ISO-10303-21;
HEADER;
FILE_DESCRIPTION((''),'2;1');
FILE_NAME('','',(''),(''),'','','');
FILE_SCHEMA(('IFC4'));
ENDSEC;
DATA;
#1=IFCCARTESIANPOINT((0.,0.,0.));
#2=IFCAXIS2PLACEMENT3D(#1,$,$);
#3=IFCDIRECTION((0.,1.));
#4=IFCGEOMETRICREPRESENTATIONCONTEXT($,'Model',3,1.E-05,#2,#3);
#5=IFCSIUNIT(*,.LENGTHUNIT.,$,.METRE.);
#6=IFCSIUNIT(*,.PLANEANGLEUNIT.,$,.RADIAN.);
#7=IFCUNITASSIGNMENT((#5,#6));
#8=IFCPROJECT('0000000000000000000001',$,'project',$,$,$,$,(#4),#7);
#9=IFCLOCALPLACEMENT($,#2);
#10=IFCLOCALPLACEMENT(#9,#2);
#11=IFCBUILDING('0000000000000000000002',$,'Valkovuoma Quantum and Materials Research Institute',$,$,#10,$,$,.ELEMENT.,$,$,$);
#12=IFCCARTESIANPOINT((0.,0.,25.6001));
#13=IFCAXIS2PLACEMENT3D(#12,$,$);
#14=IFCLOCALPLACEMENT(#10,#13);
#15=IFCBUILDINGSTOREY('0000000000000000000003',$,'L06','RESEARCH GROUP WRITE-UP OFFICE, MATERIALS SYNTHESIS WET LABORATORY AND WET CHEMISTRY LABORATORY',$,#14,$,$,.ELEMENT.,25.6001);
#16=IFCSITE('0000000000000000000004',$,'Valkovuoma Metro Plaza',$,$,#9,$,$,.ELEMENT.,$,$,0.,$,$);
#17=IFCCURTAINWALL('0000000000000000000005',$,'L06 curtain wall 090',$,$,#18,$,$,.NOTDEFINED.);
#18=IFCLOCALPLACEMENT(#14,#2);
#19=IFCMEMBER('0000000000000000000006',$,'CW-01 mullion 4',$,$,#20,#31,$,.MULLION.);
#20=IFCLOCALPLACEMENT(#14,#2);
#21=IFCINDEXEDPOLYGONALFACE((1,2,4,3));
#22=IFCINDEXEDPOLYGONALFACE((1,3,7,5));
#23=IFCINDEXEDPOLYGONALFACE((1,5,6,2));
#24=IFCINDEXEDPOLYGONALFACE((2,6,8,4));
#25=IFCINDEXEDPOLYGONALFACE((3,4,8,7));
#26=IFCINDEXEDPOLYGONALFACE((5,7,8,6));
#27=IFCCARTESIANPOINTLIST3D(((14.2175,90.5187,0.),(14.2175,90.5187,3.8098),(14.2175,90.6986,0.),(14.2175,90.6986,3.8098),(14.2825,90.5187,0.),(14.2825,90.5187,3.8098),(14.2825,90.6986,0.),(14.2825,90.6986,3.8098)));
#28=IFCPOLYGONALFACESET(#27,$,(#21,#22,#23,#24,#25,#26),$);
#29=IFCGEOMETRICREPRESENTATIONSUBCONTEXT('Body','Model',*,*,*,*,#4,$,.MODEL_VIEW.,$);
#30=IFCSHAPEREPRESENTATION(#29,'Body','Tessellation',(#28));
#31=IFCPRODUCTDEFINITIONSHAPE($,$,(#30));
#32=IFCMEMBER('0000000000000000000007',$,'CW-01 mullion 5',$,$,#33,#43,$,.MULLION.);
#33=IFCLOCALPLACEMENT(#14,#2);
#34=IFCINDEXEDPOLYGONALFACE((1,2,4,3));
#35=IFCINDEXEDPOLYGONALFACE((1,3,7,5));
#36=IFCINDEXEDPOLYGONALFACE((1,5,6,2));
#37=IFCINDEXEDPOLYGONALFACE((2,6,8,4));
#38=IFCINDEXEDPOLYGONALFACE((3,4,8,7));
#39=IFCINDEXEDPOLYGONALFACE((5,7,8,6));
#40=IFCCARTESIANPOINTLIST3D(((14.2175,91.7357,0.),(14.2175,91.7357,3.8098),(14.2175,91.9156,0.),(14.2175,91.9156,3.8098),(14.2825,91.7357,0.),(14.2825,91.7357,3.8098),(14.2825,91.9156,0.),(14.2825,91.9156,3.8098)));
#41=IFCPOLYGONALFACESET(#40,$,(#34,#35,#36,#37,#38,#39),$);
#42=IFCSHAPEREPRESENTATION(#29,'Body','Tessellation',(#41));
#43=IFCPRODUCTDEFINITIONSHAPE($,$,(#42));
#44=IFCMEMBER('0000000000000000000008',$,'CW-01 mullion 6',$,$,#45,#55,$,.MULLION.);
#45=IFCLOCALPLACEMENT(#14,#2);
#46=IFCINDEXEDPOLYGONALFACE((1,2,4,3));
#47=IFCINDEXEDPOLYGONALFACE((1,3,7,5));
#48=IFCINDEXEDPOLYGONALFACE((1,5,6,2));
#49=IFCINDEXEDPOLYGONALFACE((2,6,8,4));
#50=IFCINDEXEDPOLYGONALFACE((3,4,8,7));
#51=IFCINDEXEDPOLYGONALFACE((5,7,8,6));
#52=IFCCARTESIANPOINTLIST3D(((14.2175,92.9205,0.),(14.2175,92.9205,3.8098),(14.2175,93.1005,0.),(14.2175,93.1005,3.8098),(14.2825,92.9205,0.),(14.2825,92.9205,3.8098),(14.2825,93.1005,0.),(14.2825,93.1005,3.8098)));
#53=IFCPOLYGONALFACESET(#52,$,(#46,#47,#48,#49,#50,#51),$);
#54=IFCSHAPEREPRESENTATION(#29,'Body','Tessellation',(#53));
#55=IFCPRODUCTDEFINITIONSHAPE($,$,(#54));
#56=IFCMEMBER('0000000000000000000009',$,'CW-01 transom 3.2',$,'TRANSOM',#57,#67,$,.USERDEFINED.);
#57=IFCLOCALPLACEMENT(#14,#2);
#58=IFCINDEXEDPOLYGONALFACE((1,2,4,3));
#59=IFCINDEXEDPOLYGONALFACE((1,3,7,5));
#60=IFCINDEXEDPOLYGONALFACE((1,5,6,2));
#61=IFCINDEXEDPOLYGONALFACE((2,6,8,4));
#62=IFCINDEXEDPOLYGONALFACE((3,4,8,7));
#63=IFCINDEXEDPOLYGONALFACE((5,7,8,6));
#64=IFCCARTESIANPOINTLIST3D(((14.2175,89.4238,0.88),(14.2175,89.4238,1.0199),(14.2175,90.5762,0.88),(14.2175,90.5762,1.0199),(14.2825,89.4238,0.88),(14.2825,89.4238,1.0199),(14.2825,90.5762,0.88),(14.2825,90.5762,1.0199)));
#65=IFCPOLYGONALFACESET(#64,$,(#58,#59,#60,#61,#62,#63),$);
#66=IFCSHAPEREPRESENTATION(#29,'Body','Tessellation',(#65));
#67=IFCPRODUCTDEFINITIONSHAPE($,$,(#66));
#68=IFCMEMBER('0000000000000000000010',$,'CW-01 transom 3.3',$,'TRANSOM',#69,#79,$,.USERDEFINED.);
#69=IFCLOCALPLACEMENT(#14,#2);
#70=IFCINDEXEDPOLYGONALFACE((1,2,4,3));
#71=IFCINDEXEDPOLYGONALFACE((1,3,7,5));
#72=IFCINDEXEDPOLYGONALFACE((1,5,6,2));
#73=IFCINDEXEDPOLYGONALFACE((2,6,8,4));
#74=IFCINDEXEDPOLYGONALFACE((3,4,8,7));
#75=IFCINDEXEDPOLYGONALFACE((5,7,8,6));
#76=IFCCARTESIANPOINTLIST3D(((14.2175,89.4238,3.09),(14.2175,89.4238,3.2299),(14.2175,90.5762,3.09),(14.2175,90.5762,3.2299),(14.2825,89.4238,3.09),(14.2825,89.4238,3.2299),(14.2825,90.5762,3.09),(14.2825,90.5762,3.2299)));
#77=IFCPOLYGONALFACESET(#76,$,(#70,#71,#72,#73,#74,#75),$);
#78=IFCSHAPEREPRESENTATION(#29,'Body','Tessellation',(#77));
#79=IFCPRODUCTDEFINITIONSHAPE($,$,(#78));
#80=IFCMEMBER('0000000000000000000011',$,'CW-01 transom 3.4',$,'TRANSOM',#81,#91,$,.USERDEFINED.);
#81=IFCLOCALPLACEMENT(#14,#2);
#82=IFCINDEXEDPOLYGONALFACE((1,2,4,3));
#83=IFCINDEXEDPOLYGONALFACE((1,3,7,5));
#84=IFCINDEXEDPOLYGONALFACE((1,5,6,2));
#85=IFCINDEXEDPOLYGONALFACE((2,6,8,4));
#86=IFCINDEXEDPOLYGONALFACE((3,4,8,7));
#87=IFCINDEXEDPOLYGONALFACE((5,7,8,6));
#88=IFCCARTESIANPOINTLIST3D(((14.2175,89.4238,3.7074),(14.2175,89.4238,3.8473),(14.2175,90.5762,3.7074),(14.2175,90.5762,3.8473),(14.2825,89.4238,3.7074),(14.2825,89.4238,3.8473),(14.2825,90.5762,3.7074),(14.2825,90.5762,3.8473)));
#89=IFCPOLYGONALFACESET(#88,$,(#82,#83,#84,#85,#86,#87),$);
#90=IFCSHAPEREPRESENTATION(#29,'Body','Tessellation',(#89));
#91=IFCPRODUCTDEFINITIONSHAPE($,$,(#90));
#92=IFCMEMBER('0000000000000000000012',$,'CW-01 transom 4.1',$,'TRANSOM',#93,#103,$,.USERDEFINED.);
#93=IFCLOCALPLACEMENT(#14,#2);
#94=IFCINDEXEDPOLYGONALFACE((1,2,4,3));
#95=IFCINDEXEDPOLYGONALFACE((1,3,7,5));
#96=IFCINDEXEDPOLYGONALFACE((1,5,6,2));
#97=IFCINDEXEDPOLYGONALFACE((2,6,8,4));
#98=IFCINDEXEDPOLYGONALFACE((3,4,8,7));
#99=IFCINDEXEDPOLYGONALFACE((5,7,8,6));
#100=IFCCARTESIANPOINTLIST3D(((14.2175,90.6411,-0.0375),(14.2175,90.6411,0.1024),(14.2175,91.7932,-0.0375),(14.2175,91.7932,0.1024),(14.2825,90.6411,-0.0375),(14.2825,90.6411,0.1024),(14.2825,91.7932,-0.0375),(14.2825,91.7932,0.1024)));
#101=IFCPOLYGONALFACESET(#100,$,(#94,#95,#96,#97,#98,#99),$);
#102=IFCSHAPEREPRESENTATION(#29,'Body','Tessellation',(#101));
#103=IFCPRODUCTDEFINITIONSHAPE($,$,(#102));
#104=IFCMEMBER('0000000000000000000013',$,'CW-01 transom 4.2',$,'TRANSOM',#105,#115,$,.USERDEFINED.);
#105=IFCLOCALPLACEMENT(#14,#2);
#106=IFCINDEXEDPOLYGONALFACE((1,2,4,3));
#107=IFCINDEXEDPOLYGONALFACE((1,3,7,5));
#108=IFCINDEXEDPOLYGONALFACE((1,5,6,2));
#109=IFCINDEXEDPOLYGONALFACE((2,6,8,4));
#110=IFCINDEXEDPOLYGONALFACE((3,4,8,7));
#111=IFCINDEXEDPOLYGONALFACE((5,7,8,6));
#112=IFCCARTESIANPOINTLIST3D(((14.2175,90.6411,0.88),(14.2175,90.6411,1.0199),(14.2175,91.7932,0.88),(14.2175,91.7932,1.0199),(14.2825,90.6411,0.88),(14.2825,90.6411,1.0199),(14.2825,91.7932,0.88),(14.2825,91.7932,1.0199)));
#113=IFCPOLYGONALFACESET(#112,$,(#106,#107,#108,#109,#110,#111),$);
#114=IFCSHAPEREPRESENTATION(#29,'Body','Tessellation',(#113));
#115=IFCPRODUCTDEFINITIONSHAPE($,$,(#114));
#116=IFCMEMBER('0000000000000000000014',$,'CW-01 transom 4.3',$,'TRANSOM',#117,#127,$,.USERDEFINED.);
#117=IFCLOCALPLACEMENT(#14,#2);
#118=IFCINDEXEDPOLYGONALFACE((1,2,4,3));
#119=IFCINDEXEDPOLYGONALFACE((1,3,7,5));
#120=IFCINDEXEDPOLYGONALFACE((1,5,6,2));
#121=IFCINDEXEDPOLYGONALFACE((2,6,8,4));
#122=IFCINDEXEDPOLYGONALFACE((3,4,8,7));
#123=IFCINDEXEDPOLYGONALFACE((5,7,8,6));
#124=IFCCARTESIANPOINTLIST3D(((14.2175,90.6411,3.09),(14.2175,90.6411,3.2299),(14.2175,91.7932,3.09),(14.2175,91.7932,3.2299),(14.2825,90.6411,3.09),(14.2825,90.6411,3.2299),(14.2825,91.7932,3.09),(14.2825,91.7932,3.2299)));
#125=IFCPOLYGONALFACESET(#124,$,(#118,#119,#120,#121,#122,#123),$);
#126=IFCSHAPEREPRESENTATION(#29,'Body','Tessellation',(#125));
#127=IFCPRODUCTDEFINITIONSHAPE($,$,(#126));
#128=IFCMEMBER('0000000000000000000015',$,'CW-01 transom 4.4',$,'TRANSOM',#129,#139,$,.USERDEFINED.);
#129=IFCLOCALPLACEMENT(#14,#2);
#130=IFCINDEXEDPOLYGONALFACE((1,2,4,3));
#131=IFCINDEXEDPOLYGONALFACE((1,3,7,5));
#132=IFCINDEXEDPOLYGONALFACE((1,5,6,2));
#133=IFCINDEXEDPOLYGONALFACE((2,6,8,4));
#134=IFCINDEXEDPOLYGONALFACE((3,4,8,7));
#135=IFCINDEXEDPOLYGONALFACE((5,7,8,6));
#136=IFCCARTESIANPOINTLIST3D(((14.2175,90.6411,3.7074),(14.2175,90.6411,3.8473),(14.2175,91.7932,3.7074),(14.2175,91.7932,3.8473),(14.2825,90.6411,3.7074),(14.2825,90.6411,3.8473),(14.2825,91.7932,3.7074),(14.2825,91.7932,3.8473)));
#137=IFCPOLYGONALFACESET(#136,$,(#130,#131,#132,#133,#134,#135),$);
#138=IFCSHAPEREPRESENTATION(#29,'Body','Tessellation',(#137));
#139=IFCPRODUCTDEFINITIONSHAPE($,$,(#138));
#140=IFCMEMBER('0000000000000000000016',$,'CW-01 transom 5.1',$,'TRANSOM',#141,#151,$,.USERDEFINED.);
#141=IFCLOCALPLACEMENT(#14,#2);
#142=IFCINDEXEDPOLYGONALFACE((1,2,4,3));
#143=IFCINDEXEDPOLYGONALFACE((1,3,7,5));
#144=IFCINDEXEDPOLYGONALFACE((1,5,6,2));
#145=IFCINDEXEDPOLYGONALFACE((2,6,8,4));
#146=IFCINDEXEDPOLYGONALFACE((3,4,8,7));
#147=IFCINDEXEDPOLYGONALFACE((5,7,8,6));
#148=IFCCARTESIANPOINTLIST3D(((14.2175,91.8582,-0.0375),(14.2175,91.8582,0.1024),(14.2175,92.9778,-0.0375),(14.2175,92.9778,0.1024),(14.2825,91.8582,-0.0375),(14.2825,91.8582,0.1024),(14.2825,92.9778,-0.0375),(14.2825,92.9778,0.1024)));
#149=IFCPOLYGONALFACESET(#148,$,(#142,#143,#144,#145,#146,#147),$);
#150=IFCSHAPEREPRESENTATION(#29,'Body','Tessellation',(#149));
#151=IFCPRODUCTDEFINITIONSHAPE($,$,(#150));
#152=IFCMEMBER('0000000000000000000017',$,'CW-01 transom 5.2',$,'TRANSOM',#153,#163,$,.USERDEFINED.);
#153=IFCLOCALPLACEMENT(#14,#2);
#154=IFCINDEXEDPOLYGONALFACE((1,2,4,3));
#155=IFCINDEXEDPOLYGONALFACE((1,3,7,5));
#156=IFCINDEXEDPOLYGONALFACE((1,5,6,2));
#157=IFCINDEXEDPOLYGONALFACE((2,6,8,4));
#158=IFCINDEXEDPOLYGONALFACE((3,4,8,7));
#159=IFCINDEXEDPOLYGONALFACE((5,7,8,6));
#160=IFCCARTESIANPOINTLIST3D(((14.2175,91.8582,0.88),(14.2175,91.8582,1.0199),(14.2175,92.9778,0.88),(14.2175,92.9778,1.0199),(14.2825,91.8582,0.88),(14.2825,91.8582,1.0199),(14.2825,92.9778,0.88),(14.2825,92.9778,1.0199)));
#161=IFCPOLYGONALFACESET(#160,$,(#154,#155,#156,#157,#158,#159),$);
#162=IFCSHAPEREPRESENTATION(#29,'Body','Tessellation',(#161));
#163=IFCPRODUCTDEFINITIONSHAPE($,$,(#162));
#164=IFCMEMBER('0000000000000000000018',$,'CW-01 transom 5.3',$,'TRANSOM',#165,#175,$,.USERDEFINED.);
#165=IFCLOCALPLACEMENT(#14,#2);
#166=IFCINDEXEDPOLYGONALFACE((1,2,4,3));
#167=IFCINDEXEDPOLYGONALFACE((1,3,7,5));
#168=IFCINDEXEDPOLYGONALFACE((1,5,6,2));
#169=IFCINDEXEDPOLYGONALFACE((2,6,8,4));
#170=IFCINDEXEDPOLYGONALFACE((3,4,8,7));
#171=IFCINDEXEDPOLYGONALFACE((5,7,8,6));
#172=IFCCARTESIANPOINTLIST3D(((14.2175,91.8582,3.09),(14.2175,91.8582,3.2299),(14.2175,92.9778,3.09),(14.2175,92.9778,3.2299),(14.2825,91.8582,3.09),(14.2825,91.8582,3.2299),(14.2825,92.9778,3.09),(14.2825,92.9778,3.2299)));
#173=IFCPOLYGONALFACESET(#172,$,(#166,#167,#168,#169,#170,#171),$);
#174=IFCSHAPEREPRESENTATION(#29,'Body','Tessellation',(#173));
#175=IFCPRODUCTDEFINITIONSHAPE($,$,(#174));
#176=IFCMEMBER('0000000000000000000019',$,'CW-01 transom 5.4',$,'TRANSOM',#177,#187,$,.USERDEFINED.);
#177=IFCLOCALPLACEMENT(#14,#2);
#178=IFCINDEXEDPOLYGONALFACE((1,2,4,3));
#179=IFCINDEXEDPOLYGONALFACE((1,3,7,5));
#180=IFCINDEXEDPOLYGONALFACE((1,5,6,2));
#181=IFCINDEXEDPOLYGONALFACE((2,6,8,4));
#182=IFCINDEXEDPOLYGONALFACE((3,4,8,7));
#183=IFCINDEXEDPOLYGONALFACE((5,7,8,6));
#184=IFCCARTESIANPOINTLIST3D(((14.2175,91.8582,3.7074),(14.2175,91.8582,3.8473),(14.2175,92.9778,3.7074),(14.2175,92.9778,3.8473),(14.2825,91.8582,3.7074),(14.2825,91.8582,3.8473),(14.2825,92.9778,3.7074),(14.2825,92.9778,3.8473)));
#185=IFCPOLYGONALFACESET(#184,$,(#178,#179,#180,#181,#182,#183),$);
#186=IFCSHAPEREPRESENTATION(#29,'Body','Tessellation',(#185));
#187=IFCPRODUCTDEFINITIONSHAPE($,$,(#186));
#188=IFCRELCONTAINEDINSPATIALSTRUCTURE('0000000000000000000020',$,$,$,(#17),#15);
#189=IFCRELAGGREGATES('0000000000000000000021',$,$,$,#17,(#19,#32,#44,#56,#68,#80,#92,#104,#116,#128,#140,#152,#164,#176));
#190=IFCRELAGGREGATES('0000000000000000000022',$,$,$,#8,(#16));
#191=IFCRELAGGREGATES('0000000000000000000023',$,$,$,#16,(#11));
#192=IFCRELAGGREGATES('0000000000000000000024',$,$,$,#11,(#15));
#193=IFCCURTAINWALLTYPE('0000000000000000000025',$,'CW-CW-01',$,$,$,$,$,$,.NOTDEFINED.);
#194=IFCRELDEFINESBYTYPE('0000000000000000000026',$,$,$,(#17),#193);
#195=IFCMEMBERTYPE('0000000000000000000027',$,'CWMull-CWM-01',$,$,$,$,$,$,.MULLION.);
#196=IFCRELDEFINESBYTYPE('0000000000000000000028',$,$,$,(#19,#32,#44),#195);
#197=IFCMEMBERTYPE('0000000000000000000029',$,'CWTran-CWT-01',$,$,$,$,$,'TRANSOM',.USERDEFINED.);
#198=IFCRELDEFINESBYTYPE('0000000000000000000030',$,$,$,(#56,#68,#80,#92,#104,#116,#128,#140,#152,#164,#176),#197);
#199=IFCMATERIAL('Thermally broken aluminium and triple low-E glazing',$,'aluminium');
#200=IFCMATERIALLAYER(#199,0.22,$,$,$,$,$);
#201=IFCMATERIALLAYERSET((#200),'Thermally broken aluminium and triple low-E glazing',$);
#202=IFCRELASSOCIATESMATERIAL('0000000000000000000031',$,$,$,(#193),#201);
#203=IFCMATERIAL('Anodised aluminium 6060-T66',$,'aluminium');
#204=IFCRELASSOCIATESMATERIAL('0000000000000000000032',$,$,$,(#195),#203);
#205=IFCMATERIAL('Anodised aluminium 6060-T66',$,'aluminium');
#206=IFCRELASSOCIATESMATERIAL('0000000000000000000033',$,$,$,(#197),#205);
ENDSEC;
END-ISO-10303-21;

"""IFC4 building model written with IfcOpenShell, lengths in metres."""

from ifc_helpers import new_model, si_unit, direction, frame, origin, origin_2d, place, context, subcontext, project, spatial, rectangle, extrude, material, layer, layer_set, material_profile, profile_set, type_object, element, aggregate, save


model = new_model("IFC4")

# Units and contexts
model_context = context("Model", 3, precision=1e-05, world=origin(), true_north=direction((0.0, 1.0)))
body_context = subcontext(model_context, "Body", "Model", "MODEL_VIEW")
ifc_project = project(units=[si_unit("LENGTHUNIT", "METRE"), si_unit("PLANEANGLEUNIT", "RADIAN")], contexts=[model_context])

# Site, building, storey
site_placement = place(None, origin())
site = spatial("IfcSite", under=ifc_project, at=site_placement, Name="Valkovuoma Metro Plaza", CompositionType="ELEMENT", RefElevation=0.0)
building_placement = place(site_placement, origin())
building = spatial("IfcBuilding", under=site, at=building_placement, Name="Valkovuoma Quantum and Materials Research Institute", CompositionType="ELEMENT")
storey_placement = place(building_placement, frame((0.0, 0.0, 25.6001)))
storey = spatial("IfcBuildingStorey", under=building, at=storey_placement, Name="L06", Description="RESEARCH GROUP WRITE-UP OFFICE, MATERIALS SYNTHESIS WET LABORATORY AND WET CHEMISTRY LABORATORY", CompositionType="ELEMENT", Elevation=25.6001)

# Curtain wall, members
ifc_material_1 = material(Name="Thermally broken aluminium and triple low-E glazing", Category="aluminium")
ifc_layer_1 = layer(ifc_material_1, 0.22)
ifc_layer_set_1 = layer_set([ifc_layer_1], Name="Thermally broken aluminium and triple low-E glazing")
curtain_wall_type = type_object("IfcCurtainWallType", Name="CW-CW-01", PredefinedType="NOTDEFINED", material=ifc_layer_set_1)
curtain_wall_placement = place(storey_placement, origin())
curtain_wall = element("IfcCurtainWall", 1, at=curtain_wall_placement, inside=storey, type_object=curtain_wall_type, Name="L06 curtain wall 090", PredefinedType="NOTDEFINED")
ifc_material_2 = material(Name="Anodised aluminium 6060-T66", Category="aluminium")
ifc_material_profile_1 = material_profile(ifc_material_2, rectangle(XDim=0.0649, YDim=0.1799, at=origin_2d()), Name="Anodised aluminium 6060-T66")
ifc_profile_set_1 = profile_set([ifc_material_profile_1], Name="Anodised aluminium 6060-T66")
member_type_1 = type_object("IfcMemberType", Name="CWMull-CWM-01", PredefinedType="MULLION", material=ifc_profile_set_1)
member_1_placement = place(storey_placement, frame((14.25, 90.6086, 0.0), z_axis=(0.0, 0.0, 1.0), x_axis=(-1.0, 0.0, 0.0)))
member_1 = element("IfcMember", 2, at=member_1_placement, type_object=member_type_1, Name="CW-01 mullion 4", PredefinedType="MULLION", context=body_context, shape_type="SweptSolid", body=[
    extrude(rectangle(XDim=0.0649, YDim=0.1799, at=origin_2d()), origin(), (0.0, 0.0, 1.0), 3.8098),
])
member_2_placement = place(storey_placement, frame((14.25, 91.8257, 0.0), z_axis=(0.0, 0.0, 1.0), x_axis=(-1.0, 0.0, 0.0)))
member_2 = element("IfcMember", 3, at=member_2_placement, type_object=member_type_1, Name="CW-01 mullion 5", PredefinedType="MULLION", context=body_context, shape_type="SweptSolid", body=[
    extrude(rectangle(XDim=0.0649, YDim=0.1799, at=origin_2d()), origin(), (0.0, 0.0, 1.0), 3.8098),
])
member_3_placement = place(storey_placement, frame((14.25, 93.0105, 0.0), z_axis=(0.0, 0.0, 1.0), x_axis=(-1.0, 0.0, 0.0)))
member_3 = element("IfcMember", 4, at=member_3_placement, type_object=member_type_1, Name="CW-01 mullion 6", PredefinedType="MULLION", context=body_context, shape_type="SweptSolid", body=[
    extrude(rectangle(XDim=0.0649, YDim=0.1799, at=origin_2d()), origin(), (0.0, 0.0, 1.0), 3.8098),
])
ifc_material_3 = material(Name="Anodised aluminium 6060-T66", Category="aluminium")
ifc_material_profile_2 = material_profile(ifc_material_3, rectangle(XDim=0.0649, YDim=0.1399, at=origin_2d()), Name="Anodised aluminium 6060-T66")
ifc_profile_set_2 = profile_set([ifc_material_profile_2], Name="Anodised aluminium 6060-T66")
member_type_2 = type_object("IfcMemberType", Name="CWTran-CWT-01", ElementType="TRANSOM", PredefinedType="USERDEFINED", material=ifc_profile_set_2)
member_4_placement = place(storey_placement, frame((14.25, 89.4238, 0.95), z_axis=(0.0, 1.0, 0.0), x_axis=(-1.0, 0.0, 0.0)))
member_4 = element("IfcMember", 5, at=member_4_placement, type_object=member_type_2, Name="CW-01 transom 3.2", ObjectType="TRANSOM", PredefinedType="USERDEFINED", context=body_context, shape_type="SweptSolid", body=[
    extrude(rectangle(XDim=0.0649, YDim=0.1399, at=origin_2d()), origin(), (0.0, 0.0, 1.0), 1.1523),
])
member_5_placement = place(storey_placement, frame((14.25, 89.4238, 3.1599), z_axis=(0.0, 1.0, 0.0), x_axis=(-1.0, 0.0, 0.0)))
member_5 = element("IfcMember", 6, at=member_5_placement, type_object=member_type_2, Name="CW-01 transom 3.3", ObjectType="TRANSOM", PredefinedType="USERDEFINED", context=body_context, shape_type="SweptSolid", body=[
    extrude(rectangle(XDim=0.0649, YDim=0.1399, at=origin_2d()), origin(), (0.0, 0.0, 1.0), 1.1523),
])
member_6_placement = place(storey_placement, frame((14.25, 89.4238, 3.7773), z_axis=(0.0, 1.0, 0.0), x_axis=(-1.0, 0.0, 0.0)))
member_6 = element("IfcMember", 7, at=member_6_placement, type_object=member_type_2, Name="CW-01 transom 3.4", ObjectType="TRANSOM", PredefinedType="USERDEFINED", context=body_context, shape_type="SweptSolid", body=[
    extrude(rectangle(XDim=0.0649, YDim=0.1399, at=origin_2d()), origin(), (0.0, 0.0, 1.0), 1.1523),
])
member_7_placement = place(storey_placement, frame((14.25, 90.6411, 0.0325), z_axis=(0.0, 1.0, 0.0), x_axis=(-1.0, 0.0, 0.0)))
member_7 = element("IfcMember", 8, at=member_7_placement, type_object=member_type_2, Name="CW-01 transom 4.1", ObjectType="TRANSOM", PredefinedType="USERDEFINED", context=body_context, shape_type="SweptSolid", body=[
    extrude(rectangle(XDim=0.0649, YDim=0.1399, at=origin_2d()), origin(), (0.0, 0.0, 1.0), 1.1521),
])
member_8_placement = place(storey_placement, frame((14.25, 90.6411, 0.95), z_axis=(0.0, 1.0, 0.0), x_axis=(-1.0, 0.0, 0.0)))
member_8 = element("IfcMember", 9, at=member_8_placement, type_object=member_type_2, Name="CW-01 transom 4.2", ObjectType="TRANSOM", PredefinedType="USERDEFINED", context=body_context, shape_type="SweptSolid", body=[
    extrude(rectangle(XDim=0.0649, YDim=0.1399, at=origin_2d()), origin(), (0.0, 0.0, 1.0), 1.1521),
])
member_9_placement = place(storey_placement, frame((14.25, 90.6411, 3.1599), z_axis=(0.0, 1.0, 0.0), x_axis=(-1.0, 0.0, 0.0)))
member_9 = element("IfcMember", 10, at=member_9_placement, type_object=member_type_2, Name="CW-01 transom 4.3", ObjectType="TRANSOM", PredefinedType="USERDEFINED", context=body_context, shape_type="SweptSolid", body=[
    extrude(rectangle(XDim=0.0649, YDim=0.1399, at=origin_2d()), origin(), (0.0, 0.0, 1.0), 1.1521),
])
member_10_placement = place(storey_placement, frame((14.25, 90.6411, 3.7773), z_axis=(0.0, 1.0, 0.0), x_axis=(-1.0, 0.0, 0.0)))
member_10 = element("IfcMember", 11, at=member_10_placement, type_object=member_type_2, Name="CW-01 transom 4.4", ObjectType="TRANSOM", PredefinedType="USERDEFINED", context=body_context, shape_type="SweptSolid", body=[
    extrude(rectangle(XDim=0.0649, YDim=0.1399, at=origin_2d()), origin(), (0.0, 0.0, 1.0), 1.1521),
])
member_11_placement = place(storey_placement, frame((14.25, 91.8582, 0.0325), z_axis=(0.0, 1.0, 0.0), x_axis=(-1.0, 0.0, 0.0)))
member_11 = element("IfcMember", 12, at=member_11_placement, type_object=member_type_2, Name="CW-01 transom 5.1", ObjectType="TRANSOM", PredefinedType="USERDEFINED", context=body_context, shape_type="SweptSolid", body=[
    extrude(rectangle(XDim=0.0649, YDim=0.1399, at=origin_2d()), origin(), (0.0, 0.0, 1.0), 1.1196),
])
member_12_placement = place(storey_placement, frame((14.25, 91.8582, 0.95), z_axis=(0.0, 1.0, 0.0), x_axis=(-1.0, 0.0, 0.0)))
member_12 = element("IfcMember", 13, at=member_12_placement, type_object=member_type_2, Name="CW-01 transom 5.2", ObjectType="TRANSOM", PredefinedType="USERDEFINED", context=body_context, shape_type="SweptSolid", body=[
    extrude(rectangle(XDim=0.0649, YDim=0.1399, at=origin_2d()), origin(), (0.0, 0.0, 1.0), 1.1196),
])
member_13_placement = place(storey_placement, frame((14.25, 91.8582, 3.1599), z_axis=(0.0, 1.0, 0.0), x_axis=(-1.0, 0.0, 0.0)))
member_13 = element("IfcMember", 14, at=member_13_placement, type_object=member_type_2, Name="CW-01 transom 5.3", ObjectType="TRANSOM", PredefinedType="USERDEFINED", context=body_context, shape_type="SweptSolid", body=[
    extrude(rectangle(XDim=0.0649, YDim=0.1399, at=origin_2d()), origin(), (0.0, 0.0, 1.0), 1.1196),
])
member_14_placement = place(storey_placement, frame((14.25, 91.8582, 3.7773), z_axis=(0.0, 1.0, 0.0), x_axis=(-1.0, 0.0, 0.0)))
member_14 = element("IfcMember", 15, at=member_14_placement, type_object=member_type_2, Name="CW-01 transom 5.4", ObjectType="TRANSOM", PredefinedType="USERDEFINED", context=body_context, shape_type="SweptSolid", body=[
    extrude(rectangle(XDim=0.0649, YDim=0.1399, at=origin_2d()), origin(), (0.0, 0.0, 1.0), 1.1196),
])
aggregate(curtain_wall, [member_1, member_2, member_3, member_4, member_5, member_6, member_7, member_8, member_9, member_10, member_11, member_12, member_13, member_14])

save(model, "model.ifc")
